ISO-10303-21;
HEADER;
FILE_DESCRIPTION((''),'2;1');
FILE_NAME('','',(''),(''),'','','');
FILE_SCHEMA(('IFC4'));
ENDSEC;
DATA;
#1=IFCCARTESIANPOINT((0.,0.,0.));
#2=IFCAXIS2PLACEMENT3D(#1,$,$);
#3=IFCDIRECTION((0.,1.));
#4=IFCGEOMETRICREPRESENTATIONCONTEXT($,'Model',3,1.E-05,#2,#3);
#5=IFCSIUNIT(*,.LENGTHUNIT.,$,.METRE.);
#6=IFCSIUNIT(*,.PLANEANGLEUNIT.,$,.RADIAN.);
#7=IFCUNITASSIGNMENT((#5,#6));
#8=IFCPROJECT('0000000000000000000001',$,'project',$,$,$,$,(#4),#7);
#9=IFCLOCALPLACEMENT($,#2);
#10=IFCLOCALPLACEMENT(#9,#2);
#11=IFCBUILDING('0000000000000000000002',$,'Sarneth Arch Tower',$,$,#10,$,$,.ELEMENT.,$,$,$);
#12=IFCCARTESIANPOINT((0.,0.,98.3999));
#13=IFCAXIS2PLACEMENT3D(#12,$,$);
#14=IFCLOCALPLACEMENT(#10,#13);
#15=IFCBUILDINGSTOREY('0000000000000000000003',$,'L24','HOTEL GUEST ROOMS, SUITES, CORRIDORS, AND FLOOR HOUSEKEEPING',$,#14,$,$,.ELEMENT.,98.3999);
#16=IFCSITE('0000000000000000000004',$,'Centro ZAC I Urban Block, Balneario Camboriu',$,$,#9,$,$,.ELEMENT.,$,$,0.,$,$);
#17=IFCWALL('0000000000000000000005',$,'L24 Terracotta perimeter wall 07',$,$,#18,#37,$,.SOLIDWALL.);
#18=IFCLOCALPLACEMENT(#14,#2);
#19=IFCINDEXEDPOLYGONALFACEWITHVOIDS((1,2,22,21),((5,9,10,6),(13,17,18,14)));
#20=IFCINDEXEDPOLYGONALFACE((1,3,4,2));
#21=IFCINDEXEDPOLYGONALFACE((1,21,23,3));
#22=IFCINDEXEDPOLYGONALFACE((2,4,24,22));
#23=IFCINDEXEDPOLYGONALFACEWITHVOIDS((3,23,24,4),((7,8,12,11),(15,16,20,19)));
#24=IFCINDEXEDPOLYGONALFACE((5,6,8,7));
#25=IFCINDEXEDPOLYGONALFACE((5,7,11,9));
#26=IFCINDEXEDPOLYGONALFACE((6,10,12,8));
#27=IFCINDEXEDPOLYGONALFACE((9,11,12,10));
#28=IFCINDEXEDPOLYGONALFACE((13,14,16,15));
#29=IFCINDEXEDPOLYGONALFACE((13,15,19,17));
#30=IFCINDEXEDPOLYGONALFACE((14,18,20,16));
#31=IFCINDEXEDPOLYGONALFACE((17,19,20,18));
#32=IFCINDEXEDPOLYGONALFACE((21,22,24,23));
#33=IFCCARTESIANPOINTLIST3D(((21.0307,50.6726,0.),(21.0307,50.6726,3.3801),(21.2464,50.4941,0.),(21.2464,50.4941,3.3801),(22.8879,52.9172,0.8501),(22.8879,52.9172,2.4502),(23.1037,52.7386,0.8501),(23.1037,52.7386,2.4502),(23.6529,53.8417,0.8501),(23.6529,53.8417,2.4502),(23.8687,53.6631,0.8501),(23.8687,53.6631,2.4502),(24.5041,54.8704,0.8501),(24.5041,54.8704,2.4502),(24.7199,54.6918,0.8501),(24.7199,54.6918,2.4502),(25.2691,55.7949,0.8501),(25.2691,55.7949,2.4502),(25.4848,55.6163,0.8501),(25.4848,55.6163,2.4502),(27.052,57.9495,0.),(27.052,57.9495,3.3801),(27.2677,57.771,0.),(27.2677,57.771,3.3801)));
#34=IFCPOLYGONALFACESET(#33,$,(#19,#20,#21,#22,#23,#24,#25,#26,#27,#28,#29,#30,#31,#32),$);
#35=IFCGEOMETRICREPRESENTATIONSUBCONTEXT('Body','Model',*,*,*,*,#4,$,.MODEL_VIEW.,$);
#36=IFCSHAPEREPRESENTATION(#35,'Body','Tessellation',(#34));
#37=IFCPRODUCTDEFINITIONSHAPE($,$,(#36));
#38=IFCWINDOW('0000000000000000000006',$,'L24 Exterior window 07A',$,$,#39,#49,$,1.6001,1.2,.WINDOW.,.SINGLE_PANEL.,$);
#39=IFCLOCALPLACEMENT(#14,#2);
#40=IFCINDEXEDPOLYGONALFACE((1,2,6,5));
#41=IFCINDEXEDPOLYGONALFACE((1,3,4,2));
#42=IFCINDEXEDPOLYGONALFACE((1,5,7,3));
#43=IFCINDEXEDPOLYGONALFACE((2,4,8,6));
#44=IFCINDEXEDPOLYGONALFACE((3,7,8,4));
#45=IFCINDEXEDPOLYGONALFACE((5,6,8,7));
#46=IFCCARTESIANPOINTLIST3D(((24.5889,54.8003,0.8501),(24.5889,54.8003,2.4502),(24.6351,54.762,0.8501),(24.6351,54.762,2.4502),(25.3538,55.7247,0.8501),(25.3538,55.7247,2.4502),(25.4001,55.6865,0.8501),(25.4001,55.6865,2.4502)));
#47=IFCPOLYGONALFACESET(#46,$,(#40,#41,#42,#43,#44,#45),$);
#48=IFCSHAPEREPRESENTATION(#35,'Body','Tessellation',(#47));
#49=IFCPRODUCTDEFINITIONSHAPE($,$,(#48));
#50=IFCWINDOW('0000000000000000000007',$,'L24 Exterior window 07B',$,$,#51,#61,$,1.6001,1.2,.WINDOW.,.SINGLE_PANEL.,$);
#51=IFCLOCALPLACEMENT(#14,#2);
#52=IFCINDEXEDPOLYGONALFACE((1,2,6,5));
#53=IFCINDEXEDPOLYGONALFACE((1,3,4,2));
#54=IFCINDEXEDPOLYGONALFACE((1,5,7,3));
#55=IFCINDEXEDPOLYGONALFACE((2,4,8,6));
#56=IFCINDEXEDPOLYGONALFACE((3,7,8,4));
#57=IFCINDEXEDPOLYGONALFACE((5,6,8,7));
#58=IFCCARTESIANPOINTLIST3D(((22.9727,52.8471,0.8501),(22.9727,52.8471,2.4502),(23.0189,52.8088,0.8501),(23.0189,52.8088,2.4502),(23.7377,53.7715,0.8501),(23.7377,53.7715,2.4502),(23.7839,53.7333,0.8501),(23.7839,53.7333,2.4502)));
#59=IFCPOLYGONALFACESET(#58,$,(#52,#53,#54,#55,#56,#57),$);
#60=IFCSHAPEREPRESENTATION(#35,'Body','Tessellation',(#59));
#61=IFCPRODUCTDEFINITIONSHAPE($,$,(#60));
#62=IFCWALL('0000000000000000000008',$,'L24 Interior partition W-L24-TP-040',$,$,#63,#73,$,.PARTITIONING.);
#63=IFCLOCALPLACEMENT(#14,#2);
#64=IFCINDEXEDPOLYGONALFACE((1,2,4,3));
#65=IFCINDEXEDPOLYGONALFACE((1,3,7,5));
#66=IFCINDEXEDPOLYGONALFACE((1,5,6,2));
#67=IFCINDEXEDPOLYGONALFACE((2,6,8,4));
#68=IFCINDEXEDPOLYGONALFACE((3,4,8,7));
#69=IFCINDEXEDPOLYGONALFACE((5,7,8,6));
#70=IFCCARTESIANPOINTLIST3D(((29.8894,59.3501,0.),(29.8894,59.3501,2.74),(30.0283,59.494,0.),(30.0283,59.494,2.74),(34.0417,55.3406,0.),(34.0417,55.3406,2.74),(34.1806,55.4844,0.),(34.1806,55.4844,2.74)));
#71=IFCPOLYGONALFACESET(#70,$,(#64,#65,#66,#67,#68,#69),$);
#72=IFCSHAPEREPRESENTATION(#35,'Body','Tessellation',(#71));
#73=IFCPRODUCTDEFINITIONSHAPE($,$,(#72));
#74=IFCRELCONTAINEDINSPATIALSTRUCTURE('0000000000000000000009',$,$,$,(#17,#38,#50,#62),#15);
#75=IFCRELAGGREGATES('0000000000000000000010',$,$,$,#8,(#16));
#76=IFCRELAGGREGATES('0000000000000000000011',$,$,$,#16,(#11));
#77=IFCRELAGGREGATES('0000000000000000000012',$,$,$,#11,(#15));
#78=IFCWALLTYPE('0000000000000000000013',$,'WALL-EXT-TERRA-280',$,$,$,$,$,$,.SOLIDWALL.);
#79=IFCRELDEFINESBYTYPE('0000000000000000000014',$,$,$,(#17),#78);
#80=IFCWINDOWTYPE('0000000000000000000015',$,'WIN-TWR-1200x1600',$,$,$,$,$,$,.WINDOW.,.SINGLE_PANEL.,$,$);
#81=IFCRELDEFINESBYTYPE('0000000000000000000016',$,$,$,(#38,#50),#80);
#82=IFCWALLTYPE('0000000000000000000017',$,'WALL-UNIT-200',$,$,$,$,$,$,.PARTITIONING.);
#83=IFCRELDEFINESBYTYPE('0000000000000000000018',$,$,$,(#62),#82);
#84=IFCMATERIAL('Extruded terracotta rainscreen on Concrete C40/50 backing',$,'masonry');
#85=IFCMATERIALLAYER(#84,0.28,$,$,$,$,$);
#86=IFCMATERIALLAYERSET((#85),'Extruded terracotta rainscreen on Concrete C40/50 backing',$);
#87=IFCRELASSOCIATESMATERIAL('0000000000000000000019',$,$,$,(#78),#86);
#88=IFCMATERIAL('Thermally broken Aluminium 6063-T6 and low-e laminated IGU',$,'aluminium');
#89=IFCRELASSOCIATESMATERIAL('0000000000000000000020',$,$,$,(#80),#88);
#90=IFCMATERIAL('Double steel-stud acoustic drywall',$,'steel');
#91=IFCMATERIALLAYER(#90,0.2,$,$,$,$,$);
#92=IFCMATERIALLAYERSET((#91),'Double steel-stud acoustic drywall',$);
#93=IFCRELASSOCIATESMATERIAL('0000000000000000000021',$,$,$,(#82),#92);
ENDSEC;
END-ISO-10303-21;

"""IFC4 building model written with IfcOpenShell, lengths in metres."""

from ifc_helpers import new_model, si_unit, direction, frame, frame_2d, origin, place, context, subcontext, project, spatial, rectangle, extrude, material, layer, layer_set, type_object, element, fill, save


model = new_model("IFC4")

# Units and contexts
model_context = context("Model", 3, precision=1e-05, world=origin(), true_north=direction((0.0, 1.0)))
body_context = subcontext(model_context, "Body", "Model", "MODEL_VIEW")
ifc_project = project(units=[si_unit("LENGTHUNIT", "METRE"), si_unit("PLANEANGLEUNIT", "RADIAN")], contexts=[model_context])

# Site, building, storey
site_placement = place(None, origin())
site = spatial("IfcSite", under=ifc_project, at=site_placement, Name="Centro ZAC I Urban Block, Balneario Camboriu", CompositionType="ELEMENT", RefElevation=0.0)
building_placement = place(site_placement, origin())
building = spatial("IfcBuilding", under=site, at=building_placement, Name="Sarneth Arch Tower", CompositionType="ELEMENT")
storey_placement = place(building_placement, frame((0.0, 0.0, 98.3999)))
storey = spatial("IfcBuildingStorey", under=building, at=storey_placement, Name="L24", Description="HOTEL GUEST ROOMS, SUITES, CORRIDORS, AND FLOOR HOUSEKEEPING", CompositionType="ELEMENT", Elevation=98.3999)

# Wall, openings, windows
ifc_material_1 = material(Name="Extruded terracotta rainscreen on Concrete C40/50 backing", Category="masonry")
ifc_layer_1 = layer(ifc_material_1, 0.28)
ifc_layer_set_1 = layer_set([ifc_layer_1], Name="Extruded terracotta rainscreen on Concrete C40/50 backing")
wall_type_1 = type_object("IfcWallType", Name="WALL-EXT-TERRA-280", PredefinedType="SOLIDWALL", material=ifc_layer_set_1)
wall_1_placement = place(storey_placement, frame((27.1599, 57.8604, 0.0), z_axis=(0.0, 0.0, 1.0), x_axis=(-0.637506, -0.770446, 0.0)))
wall_1 = element("IfcWall", 1, at=wall_1_placement, inside=storey, type_object=wall_type_1, Name="L24 Terracotta perimeter wall 07", PredefinedType="SOLIDWALL", context=body_context, shape_type="SweptSolid", body=[
    extrude(rectangle(XDim=9.4451, YDim=0.28, at=frame_2d((4.7227, 0.0))), origin(), (0.0, 0.0, 1.0), 3.3801),
])
opening_1_placement = place(wall_1_placement, frame((2.7966, 0.0, 0.8501)))
opening_1 = element("IfcOpeningElement", 2, at=opening_1_placement, cuts=wall_1, PredefinedType="OPENING", context=body_context, shape_type="SweptSolid", body=[
    extrude(rectangle(XDim=1.2, YDim=1.6001, at=frame_2d((0.6001, 0.8))), frame((0.0, 0.1499, 0.0), z_axis=(0.0, -1.0, 0.0), x_axis=(1.0, 0.0, 0.0)), (0.0, 0.0, 1.0), 0.3),
])
opening_2_placement = place(wall_1_placement, frame((5.3318, 0.0, 0.8501)))
opening_2 = element("IfcOpeningElement", 3, at=opening_2_placement, cuts=wall_1, PredefinedType="OPENING", context=body_context, shape_type="SweptSolid", body=[
    extrude(rectangle(XDim=1.2, YDim=1.6001, at=frame_2d((0.6001, 0.8))), frame((0.0, 0.1499, 0.0), z_axis=(0.0, -1.0, 0.0), x_axis=(1.0, 0.0, 0.0)), (0.0, 0.0, 1.0), 0.3),
])
ifc_material_2 = material(Name="Thermally broken Aluminium 6063-T6 and low-e laminated IGU", Category="aluminium")
window_type = type_object("IfcWindowType", Name="WIN-TWR-1200x1600", PartitioningType="SINGLE_PANEL", PredefinedType="WINDOW", material=ifc_material_2)
window_1_placement = place(opening_1_placement, origin())
window_1 = element("IfcWindow", 4, at=window_1_placement, inside=storey, type_object=window_type, Name="L24 Exterior window 07A", OverallHeight=1.6001, OverallWidth=1.2, PartitioningType="SINGLE_PANEL", PredefinedType="WINDOW", context=body_context, shape_type="SweptSolid", body=[
    extrude(rectangle(XDim=1.2, YDim=1.6001, at=frame_2d((0.6001, 0.8))), frame((0.0, 0.03, 0.0), z_axis=(0.0, -1.0, 0.0), x_axis=(1.0, 0.0, 0.0)), (0.0, 0.0, 1.0), 0.0601),
])
fill(opening_1, window_1)
window_2_placement = place(opening_2_placement, origin())
window_2 = element("IfcWindow", 5, at=window_2_placement, inside=storey, type_object=window_type, Name="L24 Exterior window 07B", OverallHeight=1.6001, OverallWidth=1.2, PartitioningType="SINGLE_PANEL", PredefinedType="WINDOW", context=body_context, shape_type="SweptSolid", body=[
    extrude(rectangle(XDim=1.2, YDim=1.6001, at=frame_2d((0.6001, 0.8))), frame((0.0, 0.03, 0.0), z_axis=(0.0, -1.0, 0.0), x_axis=(1.0, 0.0, 0.0)), (0.0, 0.0, 1.0), 0.0601),
])
fill(opening_2, window_2)

# Wall
ifc_material_3 = material(Name="Double steel-stud acoustic drywall", Category="steel")
ifc_layer_2 = layer(ifc_material_3, 0.2)
ifc_layer_set_2 = layer_set([ifc_layer_2], Name="Double steel-stud acoustic drywall")
wall_type_2 = type_object("IfcWallType", Name="WALL-UNIT-200", PredefinedType="PARTITIONING", material=ifc_layer_set_2)
wall_2_placement = place(storey_placement, frame((29.9587, 59.4221, 0.0), z_axis=(0.0, 0.0, 1.0), x_axis=(0.71937, -0.694627, 0.0)))
element("IfcWall", 6, at=wall_2_placement, inside=storey, type_object=wall_type_2, Name="L24 Interior partition W-L24-TP-040", PredefinedType="PARTITIONING", context=body_context, shape_type="SweptSolid", body=[
    extrude(rectangle(XDim=5.7722, YDim=0.2, at=frame_2d((2.8862, 0.0))), origin(), (0.0, 0.0, 1.0), 2.74),
])

save(model, "model.ifc")
